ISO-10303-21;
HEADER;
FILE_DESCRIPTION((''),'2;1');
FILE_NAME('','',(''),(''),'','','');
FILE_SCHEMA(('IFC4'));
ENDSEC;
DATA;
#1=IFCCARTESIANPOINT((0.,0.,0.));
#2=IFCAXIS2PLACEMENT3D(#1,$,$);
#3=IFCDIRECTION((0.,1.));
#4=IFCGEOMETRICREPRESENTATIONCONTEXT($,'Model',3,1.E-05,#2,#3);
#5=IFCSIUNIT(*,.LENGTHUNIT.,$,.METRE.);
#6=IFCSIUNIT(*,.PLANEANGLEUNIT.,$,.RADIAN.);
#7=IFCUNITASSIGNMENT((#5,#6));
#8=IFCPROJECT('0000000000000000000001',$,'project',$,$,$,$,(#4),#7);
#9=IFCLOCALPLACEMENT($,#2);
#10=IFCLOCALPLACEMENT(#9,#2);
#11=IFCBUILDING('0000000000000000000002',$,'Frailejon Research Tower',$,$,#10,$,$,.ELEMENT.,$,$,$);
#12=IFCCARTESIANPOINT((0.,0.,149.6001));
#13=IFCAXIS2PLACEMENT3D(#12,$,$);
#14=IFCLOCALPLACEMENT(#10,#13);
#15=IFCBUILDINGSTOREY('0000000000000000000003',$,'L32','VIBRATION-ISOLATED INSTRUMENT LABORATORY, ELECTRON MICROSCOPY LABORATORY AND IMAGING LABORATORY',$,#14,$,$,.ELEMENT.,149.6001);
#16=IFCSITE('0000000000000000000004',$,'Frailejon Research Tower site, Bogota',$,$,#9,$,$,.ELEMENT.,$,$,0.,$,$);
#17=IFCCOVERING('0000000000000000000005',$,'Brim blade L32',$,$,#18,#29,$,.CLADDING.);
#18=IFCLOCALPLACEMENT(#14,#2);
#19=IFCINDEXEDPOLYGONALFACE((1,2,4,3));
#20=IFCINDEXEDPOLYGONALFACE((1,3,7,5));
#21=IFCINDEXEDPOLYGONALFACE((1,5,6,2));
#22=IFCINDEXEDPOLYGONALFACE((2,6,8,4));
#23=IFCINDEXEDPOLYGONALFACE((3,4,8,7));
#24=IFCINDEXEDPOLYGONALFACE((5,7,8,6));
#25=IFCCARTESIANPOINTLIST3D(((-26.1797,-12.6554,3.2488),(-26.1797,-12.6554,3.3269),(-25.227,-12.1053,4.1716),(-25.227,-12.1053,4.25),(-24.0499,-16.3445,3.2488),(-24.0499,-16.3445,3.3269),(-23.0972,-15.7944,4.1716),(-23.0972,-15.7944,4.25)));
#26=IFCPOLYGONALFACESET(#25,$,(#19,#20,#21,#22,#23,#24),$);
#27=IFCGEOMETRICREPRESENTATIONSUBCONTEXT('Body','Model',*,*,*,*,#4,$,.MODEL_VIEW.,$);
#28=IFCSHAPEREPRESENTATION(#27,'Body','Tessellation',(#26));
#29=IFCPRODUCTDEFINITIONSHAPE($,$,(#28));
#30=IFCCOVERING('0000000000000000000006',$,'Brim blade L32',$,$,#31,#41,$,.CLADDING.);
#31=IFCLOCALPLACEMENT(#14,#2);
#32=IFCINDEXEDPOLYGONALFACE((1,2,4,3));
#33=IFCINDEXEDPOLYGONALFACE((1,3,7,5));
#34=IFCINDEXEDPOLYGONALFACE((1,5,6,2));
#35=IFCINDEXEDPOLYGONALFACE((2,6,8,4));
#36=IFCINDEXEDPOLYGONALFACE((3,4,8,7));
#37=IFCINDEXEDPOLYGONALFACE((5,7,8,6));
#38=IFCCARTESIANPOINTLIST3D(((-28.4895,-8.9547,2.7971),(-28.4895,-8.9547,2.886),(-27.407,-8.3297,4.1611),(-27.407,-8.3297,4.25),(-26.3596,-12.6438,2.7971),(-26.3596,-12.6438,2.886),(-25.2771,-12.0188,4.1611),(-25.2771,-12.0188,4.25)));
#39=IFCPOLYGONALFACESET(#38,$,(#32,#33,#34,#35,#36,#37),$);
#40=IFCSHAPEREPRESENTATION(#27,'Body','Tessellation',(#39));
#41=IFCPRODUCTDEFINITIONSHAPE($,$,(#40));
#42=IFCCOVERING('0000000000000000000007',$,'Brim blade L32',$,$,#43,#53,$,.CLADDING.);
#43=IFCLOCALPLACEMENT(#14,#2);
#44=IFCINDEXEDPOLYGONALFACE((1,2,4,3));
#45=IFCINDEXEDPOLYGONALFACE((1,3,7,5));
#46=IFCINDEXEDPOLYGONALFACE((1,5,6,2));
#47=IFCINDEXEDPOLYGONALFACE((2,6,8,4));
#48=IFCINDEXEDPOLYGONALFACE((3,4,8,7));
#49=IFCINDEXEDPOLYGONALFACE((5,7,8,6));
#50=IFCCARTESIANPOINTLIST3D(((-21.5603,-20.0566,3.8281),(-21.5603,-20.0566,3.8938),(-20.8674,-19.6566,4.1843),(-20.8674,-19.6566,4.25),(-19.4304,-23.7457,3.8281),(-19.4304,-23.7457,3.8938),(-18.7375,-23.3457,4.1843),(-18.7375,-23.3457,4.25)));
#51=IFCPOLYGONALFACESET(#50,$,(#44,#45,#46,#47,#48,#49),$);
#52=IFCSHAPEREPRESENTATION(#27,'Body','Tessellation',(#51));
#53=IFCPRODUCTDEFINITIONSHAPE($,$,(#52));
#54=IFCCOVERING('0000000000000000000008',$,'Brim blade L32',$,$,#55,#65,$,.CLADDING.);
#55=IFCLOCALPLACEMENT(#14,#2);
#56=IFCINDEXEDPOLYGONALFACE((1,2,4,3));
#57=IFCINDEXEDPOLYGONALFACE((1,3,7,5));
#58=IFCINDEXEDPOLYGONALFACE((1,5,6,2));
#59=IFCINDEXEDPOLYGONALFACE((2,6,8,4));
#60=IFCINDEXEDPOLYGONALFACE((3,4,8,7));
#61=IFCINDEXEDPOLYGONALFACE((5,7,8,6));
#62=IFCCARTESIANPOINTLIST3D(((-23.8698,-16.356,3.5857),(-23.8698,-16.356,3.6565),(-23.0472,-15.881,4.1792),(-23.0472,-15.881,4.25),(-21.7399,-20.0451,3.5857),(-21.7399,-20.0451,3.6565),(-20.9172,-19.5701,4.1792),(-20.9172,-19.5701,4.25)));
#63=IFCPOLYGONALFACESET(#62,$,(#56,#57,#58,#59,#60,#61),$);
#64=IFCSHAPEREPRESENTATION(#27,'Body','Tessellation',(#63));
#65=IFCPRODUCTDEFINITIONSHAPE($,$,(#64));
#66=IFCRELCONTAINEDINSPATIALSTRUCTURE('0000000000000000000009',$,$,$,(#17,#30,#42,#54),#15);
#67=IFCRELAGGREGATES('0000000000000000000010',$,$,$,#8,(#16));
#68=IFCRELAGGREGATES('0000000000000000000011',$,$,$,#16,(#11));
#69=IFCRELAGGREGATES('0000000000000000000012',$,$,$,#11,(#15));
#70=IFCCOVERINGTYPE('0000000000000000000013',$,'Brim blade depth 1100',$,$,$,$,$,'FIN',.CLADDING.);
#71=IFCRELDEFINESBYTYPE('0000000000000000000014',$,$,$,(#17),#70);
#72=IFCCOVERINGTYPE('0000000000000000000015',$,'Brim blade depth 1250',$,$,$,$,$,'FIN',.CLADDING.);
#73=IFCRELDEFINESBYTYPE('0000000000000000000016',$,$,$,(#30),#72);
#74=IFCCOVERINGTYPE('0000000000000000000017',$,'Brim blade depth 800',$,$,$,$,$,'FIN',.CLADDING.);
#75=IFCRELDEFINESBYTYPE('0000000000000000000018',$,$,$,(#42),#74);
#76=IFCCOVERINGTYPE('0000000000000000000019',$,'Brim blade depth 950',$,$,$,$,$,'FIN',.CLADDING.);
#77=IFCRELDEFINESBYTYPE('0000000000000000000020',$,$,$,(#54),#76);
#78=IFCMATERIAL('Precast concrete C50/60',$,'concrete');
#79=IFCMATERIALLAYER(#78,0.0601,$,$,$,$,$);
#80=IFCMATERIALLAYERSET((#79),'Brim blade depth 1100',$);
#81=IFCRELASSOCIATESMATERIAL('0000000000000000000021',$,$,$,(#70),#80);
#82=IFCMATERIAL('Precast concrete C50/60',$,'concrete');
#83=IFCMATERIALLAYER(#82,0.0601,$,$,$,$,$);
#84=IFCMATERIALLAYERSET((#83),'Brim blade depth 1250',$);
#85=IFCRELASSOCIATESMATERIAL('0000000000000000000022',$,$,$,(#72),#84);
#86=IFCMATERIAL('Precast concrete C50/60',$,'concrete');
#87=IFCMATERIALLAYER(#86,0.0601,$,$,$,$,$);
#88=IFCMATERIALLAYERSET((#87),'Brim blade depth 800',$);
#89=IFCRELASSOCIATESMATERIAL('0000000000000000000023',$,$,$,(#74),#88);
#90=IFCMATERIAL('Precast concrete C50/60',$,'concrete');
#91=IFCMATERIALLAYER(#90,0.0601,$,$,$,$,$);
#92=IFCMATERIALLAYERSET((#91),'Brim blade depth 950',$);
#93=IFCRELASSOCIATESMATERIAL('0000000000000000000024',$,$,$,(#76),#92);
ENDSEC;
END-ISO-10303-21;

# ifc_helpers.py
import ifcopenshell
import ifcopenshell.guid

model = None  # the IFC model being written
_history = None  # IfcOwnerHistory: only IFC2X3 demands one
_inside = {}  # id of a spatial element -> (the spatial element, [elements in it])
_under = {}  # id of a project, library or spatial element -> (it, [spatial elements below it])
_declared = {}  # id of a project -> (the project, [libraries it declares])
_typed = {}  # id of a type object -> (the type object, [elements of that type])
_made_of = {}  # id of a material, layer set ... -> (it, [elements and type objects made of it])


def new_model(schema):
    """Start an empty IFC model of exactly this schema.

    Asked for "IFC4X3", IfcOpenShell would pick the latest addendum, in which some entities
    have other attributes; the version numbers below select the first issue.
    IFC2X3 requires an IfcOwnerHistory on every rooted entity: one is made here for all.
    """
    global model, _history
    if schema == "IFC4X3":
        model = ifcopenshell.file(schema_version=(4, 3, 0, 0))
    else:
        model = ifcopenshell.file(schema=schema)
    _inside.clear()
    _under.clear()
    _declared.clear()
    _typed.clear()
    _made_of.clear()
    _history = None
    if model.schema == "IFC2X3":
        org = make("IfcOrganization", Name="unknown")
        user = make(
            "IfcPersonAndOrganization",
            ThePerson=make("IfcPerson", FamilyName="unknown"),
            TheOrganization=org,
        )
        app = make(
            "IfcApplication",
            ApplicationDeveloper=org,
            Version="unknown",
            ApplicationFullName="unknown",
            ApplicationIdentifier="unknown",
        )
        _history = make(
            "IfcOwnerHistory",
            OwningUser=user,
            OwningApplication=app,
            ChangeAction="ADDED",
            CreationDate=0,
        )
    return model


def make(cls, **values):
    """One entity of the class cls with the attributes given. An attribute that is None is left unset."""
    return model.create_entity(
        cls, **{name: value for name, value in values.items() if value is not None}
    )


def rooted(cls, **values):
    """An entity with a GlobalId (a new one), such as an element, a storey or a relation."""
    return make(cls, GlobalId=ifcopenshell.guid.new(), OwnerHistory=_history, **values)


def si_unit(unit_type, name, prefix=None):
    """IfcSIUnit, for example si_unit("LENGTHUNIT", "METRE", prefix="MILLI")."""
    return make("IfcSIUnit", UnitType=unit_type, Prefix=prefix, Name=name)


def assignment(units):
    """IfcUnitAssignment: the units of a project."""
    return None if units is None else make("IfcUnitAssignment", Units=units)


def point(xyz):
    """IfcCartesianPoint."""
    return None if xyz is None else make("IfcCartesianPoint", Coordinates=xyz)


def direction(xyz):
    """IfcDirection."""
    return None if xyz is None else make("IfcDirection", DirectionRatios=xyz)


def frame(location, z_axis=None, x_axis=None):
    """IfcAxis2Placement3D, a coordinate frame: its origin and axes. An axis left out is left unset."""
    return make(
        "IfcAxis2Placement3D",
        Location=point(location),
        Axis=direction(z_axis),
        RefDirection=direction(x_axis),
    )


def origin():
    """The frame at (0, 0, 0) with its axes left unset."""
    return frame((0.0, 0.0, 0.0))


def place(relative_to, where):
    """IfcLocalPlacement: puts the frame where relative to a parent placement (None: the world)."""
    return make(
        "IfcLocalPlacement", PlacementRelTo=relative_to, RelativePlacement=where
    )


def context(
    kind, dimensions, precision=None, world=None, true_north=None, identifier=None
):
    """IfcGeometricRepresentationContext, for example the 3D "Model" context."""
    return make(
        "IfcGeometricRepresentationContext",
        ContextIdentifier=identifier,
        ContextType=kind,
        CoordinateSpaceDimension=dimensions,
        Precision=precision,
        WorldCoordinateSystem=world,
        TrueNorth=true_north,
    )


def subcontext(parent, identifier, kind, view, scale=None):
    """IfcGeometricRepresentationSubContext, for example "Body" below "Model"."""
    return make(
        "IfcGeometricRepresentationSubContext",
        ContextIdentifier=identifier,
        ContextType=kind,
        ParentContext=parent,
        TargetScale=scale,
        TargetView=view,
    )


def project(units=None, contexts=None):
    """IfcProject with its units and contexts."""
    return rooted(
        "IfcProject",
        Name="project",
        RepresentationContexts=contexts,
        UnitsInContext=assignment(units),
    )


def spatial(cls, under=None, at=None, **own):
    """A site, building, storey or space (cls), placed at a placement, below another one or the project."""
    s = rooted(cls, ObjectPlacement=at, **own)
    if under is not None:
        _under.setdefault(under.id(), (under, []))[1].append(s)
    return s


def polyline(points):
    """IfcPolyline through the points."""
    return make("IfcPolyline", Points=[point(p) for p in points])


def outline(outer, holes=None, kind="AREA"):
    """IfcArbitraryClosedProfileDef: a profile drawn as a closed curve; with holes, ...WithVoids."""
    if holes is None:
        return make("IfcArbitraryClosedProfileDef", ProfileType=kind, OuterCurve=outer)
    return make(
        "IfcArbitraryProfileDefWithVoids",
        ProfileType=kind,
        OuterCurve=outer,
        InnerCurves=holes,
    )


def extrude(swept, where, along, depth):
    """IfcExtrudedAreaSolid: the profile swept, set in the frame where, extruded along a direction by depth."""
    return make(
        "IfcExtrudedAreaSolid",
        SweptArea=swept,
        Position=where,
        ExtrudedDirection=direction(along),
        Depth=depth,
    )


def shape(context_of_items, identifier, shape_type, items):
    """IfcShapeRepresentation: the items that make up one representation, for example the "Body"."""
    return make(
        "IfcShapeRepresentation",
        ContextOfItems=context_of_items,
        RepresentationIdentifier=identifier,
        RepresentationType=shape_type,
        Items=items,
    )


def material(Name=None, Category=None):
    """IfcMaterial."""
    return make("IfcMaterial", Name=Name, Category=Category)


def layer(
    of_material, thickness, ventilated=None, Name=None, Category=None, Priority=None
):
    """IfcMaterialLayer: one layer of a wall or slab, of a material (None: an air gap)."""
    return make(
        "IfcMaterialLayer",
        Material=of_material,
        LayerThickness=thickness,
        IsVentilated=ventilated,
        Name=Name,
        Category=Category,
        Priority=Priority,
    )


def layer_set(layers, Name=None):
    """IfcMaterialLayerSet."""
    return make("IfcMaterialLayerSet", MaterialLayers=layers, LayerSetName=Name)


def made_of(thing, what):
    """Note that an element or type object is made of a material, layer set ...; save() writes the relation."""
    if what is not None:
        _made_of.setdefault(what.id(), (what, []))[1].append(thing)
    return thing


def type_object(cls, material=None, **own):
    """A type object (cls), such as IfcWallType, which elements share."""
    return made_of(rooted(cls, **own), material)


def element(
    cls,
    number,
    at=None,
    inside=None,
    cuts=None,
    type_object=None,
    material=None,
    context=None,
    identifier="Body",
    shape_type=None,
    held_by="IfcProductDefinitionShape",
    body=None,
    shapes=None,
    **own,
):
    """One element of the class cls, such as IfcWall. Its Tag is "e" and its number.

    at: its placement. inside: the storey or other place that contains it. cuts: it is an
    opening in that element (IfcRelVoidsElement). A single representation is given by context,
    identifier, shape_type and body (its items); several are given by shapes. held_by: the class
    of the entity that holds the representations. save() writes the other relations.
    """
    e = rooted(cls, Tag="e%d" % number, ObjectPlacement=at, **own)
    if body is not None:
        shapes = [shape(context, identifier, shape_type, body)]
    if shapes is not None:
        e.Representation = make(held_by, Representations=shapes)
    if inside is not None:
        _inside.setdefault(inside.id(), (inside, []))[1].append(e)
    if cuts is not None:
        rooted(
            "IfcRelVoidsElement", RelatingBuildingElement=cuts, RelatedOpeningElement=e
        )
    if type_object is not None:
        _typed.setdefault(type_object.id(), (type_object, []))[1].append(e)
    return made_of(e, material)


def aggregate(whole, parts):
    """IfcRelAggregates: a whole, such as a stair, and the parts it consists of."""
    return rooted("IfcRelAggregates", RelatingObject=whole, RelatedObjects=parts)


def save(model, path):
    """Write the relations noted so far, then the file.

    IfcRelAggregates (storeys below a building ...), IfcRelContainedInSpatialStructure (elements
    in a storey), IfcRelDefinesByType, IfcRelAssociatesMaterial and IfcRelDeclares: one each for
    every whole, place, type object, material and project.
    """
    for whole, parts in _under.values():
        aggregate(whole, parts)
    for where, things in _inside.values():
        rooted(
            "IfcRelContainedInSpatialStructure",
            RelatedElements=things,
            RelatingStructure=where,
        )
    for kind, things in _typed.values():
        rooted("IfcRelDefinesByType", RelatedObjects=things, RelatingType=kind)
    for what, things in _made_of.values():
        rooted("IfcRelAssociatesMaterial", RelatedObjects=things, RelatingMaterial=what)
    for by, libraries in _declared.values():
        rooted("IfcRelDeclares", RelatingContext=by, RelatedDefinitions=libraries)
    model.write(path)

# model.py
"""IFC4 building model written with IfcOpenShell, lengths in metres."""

from ifc_helpers import new_model, si_unit, direction, frame, origin, place, context, subcontext, project, spatial, polyline, outline, extrude, material, layer, layer_set, type_object, element, save


model = new_model("IFC4")

# Units and contexts
model_context = context("Model", 3, precision=1e-05, world=origin(), true_north=direction((0.0, 1.0)))
body_context = subcontext(model_context, "Body", "Model", "MODEL_VIEW")
ifc_project = project(units=[si_unit("LENGTHUNIT", "METRE"), si_unit("PLANEANGLEUNIT", "RADIAN")], contexts=[model_context])

# Site, building, storey
site_placement = place(None, origin())
site = spatial("IfcSite", under=ifc_project, at=site_placement, Name="Frailejon Research Tower site, Bogota", CompositionType="ELEMENT", RefElevation=0.0)
building_placement = place(site_placement, origin())
building = spatial("IfcBuilding", under=site, at=building_placement, Name="Frailejon Research Tower", CompositionType="ELEMENT")
storey_placement = place(building_placement, frame((0.0, 0.0, 149.6001)))
storey = spatial("IfcBuildingStorey", under=building, at=storey_placement, Name="L32", Description="VIBRATION-ISOLATED INSTRUMENT LABORATORY, ELECTRON MICROSCOPY LABORATORY AND IMAGING LABORATORY", CompositionType="ELEMENT", Elevation=149.6001)

# Coverings
ifc_material_1 = material(Name="Precast concrete C50/60", Category="concrete")
ifc_layer_1 = layer(ifc_material_1, 0.0601)
ifc_layer_set_1 = layer_set([ifc_layer_1], Name="Brim blade depth 1100")
covering_type_1 = type_object("IfcCoveringType", Name="Brim blade depth 1100", ElementType="FIN", PredefinedType="CLADDING", material=ifc_layer_set_1)
covering_1_placement = place(storey_placement, frame((-23.0972, -15.7944, 4.25), z_axis=(-0.499992, 0.86603, 0.0), x_axis=(-0.86603, -0.499992, 0.0)))
element("IfcCovering", 1, at=covering_1_placement, inside=storey, type_object=covering_type_1, Name="Brim blade L32", PredefinedType="CLADDING", context=body_context, shape_type="SweptSolid", body=[
    extrude(outline(polyline([(0.0, -0.0784), (1.1001, -1.0012), (1.1001, -0.9231), (0.0, 0.0), (0.0, -0.0784)])), origin(), (0.0, 0.0, 1.0), 4.2598),
])
ifc_material_2 = material(Name="Precast concrete C50/60", Category="concrete")
ifc_layer_2 = layer(ifc_material_2, 0.0601)
ifc_layer_set_2 = layer_set([ifc_layer_2], Name="Brim blade depth 1250")
covering_type_2 = type_object("IfcCoveringType", Name="Brim blade depth 1250", ElementType="FIN", PredefinedType="CLADDING", material=ifc_layer_set_2)
covering_2_placement = place(storey_placement, frame((-25.2771, -12.0188, 4.25), z_axis=(-0.499992, 0.86603, 0.0), x_axis=(-0.86603, -0.499992, 0.0)))
element("IfcCovering", 2, at=covering_2_placement, inside=storey, type_object=covering_type_2, Name="Brim blade L32", PredefinedType="CLADDING", context=body_context, shape_type="SweptSolid", body=[
    extrude(outline(polyline([(0.0, -0.0889), (1.25, -1.4529), (1.25, -1.364), (0.0, 0.0), (0.0, -0.0889)])), origin(), (0.0, 0.0, 1.0), 4.2598),
])
ifc_material_3 = material(Name="Precast concrete C50/60", Category="concrete")
ifc_layer_3 = layer(ifc_material_3, 0.0601)
ifc_layer_set_3 = layer_set([ifc_layer_3], Name="Brim blade depth 800")
covering_type_3 = type_object("IfcCoveringType", Name="Brim blade depth 800", ElementType="FIN", PredefinedType="CLADDING", material=ifc_layer_set_3)
covering_3_placement = place(storey_placement, frame((-18.7375, -23.3457, 4.25), z_axis=(-0.499992, 0.86603, 0.0), x_axis=(-0.86603, -0.499992, 0.0)))
element("IfcCovering", 3, at=covering_3_placement, inside=storey, type_object=covering_type_3, Name="Brim blade L32", PredefinedType="CLADDING", context=body_context, shape_type="SweptSolid", body=[
    extrude(outline(polyline([(0.0, -0.0657), (0.8, -0.4219), (0.8, -0.3562), (0.0, 0.0), (0.0, -0.0657)])), origin(), (0.0, 0.0, 1.0), 4.2598),
])
ifc_material_4 = material(Name="Precast concrete C50/60", Category="concrete")
ifc_layer_4 = layer(ifc_material_4, 0.0601)
ifc_layer_set_4 = layer_set([ifc_layer_4], Name="Brim blade depth 950")
covering_type_4 = type_object("IfcCoveringType", Name="Brim blade depth 950", ElementType="FIN", PredefinedType="CLADDING", material=ifc_layer_set_4)
covering_4_placement = place(storey_placement, frame((-20.9172, -19.5701, 4.25), z_axis=(-0.50001, 0.86602, 0.0), x_axis=(-0.86602, -0.50001, 0.0)))
element("IfcCovering", 4, at=covering_4_placement, inside=storey, type_object=covering_type_4, Name="Brim blade L32", PredefinedType="CLADDING", context=body_context, shape_type="SweptSolid", body=[
    extrude(outline(polyline([(0.0, -0.0708), (0.95, -0.6643), (0.95, -0.5935), (0.0, 0.0), (0.0, -0.0708)])), origin(), (0.0, 0.0, 1.0), 4.2598),
])

save(model, "model.ifc")
